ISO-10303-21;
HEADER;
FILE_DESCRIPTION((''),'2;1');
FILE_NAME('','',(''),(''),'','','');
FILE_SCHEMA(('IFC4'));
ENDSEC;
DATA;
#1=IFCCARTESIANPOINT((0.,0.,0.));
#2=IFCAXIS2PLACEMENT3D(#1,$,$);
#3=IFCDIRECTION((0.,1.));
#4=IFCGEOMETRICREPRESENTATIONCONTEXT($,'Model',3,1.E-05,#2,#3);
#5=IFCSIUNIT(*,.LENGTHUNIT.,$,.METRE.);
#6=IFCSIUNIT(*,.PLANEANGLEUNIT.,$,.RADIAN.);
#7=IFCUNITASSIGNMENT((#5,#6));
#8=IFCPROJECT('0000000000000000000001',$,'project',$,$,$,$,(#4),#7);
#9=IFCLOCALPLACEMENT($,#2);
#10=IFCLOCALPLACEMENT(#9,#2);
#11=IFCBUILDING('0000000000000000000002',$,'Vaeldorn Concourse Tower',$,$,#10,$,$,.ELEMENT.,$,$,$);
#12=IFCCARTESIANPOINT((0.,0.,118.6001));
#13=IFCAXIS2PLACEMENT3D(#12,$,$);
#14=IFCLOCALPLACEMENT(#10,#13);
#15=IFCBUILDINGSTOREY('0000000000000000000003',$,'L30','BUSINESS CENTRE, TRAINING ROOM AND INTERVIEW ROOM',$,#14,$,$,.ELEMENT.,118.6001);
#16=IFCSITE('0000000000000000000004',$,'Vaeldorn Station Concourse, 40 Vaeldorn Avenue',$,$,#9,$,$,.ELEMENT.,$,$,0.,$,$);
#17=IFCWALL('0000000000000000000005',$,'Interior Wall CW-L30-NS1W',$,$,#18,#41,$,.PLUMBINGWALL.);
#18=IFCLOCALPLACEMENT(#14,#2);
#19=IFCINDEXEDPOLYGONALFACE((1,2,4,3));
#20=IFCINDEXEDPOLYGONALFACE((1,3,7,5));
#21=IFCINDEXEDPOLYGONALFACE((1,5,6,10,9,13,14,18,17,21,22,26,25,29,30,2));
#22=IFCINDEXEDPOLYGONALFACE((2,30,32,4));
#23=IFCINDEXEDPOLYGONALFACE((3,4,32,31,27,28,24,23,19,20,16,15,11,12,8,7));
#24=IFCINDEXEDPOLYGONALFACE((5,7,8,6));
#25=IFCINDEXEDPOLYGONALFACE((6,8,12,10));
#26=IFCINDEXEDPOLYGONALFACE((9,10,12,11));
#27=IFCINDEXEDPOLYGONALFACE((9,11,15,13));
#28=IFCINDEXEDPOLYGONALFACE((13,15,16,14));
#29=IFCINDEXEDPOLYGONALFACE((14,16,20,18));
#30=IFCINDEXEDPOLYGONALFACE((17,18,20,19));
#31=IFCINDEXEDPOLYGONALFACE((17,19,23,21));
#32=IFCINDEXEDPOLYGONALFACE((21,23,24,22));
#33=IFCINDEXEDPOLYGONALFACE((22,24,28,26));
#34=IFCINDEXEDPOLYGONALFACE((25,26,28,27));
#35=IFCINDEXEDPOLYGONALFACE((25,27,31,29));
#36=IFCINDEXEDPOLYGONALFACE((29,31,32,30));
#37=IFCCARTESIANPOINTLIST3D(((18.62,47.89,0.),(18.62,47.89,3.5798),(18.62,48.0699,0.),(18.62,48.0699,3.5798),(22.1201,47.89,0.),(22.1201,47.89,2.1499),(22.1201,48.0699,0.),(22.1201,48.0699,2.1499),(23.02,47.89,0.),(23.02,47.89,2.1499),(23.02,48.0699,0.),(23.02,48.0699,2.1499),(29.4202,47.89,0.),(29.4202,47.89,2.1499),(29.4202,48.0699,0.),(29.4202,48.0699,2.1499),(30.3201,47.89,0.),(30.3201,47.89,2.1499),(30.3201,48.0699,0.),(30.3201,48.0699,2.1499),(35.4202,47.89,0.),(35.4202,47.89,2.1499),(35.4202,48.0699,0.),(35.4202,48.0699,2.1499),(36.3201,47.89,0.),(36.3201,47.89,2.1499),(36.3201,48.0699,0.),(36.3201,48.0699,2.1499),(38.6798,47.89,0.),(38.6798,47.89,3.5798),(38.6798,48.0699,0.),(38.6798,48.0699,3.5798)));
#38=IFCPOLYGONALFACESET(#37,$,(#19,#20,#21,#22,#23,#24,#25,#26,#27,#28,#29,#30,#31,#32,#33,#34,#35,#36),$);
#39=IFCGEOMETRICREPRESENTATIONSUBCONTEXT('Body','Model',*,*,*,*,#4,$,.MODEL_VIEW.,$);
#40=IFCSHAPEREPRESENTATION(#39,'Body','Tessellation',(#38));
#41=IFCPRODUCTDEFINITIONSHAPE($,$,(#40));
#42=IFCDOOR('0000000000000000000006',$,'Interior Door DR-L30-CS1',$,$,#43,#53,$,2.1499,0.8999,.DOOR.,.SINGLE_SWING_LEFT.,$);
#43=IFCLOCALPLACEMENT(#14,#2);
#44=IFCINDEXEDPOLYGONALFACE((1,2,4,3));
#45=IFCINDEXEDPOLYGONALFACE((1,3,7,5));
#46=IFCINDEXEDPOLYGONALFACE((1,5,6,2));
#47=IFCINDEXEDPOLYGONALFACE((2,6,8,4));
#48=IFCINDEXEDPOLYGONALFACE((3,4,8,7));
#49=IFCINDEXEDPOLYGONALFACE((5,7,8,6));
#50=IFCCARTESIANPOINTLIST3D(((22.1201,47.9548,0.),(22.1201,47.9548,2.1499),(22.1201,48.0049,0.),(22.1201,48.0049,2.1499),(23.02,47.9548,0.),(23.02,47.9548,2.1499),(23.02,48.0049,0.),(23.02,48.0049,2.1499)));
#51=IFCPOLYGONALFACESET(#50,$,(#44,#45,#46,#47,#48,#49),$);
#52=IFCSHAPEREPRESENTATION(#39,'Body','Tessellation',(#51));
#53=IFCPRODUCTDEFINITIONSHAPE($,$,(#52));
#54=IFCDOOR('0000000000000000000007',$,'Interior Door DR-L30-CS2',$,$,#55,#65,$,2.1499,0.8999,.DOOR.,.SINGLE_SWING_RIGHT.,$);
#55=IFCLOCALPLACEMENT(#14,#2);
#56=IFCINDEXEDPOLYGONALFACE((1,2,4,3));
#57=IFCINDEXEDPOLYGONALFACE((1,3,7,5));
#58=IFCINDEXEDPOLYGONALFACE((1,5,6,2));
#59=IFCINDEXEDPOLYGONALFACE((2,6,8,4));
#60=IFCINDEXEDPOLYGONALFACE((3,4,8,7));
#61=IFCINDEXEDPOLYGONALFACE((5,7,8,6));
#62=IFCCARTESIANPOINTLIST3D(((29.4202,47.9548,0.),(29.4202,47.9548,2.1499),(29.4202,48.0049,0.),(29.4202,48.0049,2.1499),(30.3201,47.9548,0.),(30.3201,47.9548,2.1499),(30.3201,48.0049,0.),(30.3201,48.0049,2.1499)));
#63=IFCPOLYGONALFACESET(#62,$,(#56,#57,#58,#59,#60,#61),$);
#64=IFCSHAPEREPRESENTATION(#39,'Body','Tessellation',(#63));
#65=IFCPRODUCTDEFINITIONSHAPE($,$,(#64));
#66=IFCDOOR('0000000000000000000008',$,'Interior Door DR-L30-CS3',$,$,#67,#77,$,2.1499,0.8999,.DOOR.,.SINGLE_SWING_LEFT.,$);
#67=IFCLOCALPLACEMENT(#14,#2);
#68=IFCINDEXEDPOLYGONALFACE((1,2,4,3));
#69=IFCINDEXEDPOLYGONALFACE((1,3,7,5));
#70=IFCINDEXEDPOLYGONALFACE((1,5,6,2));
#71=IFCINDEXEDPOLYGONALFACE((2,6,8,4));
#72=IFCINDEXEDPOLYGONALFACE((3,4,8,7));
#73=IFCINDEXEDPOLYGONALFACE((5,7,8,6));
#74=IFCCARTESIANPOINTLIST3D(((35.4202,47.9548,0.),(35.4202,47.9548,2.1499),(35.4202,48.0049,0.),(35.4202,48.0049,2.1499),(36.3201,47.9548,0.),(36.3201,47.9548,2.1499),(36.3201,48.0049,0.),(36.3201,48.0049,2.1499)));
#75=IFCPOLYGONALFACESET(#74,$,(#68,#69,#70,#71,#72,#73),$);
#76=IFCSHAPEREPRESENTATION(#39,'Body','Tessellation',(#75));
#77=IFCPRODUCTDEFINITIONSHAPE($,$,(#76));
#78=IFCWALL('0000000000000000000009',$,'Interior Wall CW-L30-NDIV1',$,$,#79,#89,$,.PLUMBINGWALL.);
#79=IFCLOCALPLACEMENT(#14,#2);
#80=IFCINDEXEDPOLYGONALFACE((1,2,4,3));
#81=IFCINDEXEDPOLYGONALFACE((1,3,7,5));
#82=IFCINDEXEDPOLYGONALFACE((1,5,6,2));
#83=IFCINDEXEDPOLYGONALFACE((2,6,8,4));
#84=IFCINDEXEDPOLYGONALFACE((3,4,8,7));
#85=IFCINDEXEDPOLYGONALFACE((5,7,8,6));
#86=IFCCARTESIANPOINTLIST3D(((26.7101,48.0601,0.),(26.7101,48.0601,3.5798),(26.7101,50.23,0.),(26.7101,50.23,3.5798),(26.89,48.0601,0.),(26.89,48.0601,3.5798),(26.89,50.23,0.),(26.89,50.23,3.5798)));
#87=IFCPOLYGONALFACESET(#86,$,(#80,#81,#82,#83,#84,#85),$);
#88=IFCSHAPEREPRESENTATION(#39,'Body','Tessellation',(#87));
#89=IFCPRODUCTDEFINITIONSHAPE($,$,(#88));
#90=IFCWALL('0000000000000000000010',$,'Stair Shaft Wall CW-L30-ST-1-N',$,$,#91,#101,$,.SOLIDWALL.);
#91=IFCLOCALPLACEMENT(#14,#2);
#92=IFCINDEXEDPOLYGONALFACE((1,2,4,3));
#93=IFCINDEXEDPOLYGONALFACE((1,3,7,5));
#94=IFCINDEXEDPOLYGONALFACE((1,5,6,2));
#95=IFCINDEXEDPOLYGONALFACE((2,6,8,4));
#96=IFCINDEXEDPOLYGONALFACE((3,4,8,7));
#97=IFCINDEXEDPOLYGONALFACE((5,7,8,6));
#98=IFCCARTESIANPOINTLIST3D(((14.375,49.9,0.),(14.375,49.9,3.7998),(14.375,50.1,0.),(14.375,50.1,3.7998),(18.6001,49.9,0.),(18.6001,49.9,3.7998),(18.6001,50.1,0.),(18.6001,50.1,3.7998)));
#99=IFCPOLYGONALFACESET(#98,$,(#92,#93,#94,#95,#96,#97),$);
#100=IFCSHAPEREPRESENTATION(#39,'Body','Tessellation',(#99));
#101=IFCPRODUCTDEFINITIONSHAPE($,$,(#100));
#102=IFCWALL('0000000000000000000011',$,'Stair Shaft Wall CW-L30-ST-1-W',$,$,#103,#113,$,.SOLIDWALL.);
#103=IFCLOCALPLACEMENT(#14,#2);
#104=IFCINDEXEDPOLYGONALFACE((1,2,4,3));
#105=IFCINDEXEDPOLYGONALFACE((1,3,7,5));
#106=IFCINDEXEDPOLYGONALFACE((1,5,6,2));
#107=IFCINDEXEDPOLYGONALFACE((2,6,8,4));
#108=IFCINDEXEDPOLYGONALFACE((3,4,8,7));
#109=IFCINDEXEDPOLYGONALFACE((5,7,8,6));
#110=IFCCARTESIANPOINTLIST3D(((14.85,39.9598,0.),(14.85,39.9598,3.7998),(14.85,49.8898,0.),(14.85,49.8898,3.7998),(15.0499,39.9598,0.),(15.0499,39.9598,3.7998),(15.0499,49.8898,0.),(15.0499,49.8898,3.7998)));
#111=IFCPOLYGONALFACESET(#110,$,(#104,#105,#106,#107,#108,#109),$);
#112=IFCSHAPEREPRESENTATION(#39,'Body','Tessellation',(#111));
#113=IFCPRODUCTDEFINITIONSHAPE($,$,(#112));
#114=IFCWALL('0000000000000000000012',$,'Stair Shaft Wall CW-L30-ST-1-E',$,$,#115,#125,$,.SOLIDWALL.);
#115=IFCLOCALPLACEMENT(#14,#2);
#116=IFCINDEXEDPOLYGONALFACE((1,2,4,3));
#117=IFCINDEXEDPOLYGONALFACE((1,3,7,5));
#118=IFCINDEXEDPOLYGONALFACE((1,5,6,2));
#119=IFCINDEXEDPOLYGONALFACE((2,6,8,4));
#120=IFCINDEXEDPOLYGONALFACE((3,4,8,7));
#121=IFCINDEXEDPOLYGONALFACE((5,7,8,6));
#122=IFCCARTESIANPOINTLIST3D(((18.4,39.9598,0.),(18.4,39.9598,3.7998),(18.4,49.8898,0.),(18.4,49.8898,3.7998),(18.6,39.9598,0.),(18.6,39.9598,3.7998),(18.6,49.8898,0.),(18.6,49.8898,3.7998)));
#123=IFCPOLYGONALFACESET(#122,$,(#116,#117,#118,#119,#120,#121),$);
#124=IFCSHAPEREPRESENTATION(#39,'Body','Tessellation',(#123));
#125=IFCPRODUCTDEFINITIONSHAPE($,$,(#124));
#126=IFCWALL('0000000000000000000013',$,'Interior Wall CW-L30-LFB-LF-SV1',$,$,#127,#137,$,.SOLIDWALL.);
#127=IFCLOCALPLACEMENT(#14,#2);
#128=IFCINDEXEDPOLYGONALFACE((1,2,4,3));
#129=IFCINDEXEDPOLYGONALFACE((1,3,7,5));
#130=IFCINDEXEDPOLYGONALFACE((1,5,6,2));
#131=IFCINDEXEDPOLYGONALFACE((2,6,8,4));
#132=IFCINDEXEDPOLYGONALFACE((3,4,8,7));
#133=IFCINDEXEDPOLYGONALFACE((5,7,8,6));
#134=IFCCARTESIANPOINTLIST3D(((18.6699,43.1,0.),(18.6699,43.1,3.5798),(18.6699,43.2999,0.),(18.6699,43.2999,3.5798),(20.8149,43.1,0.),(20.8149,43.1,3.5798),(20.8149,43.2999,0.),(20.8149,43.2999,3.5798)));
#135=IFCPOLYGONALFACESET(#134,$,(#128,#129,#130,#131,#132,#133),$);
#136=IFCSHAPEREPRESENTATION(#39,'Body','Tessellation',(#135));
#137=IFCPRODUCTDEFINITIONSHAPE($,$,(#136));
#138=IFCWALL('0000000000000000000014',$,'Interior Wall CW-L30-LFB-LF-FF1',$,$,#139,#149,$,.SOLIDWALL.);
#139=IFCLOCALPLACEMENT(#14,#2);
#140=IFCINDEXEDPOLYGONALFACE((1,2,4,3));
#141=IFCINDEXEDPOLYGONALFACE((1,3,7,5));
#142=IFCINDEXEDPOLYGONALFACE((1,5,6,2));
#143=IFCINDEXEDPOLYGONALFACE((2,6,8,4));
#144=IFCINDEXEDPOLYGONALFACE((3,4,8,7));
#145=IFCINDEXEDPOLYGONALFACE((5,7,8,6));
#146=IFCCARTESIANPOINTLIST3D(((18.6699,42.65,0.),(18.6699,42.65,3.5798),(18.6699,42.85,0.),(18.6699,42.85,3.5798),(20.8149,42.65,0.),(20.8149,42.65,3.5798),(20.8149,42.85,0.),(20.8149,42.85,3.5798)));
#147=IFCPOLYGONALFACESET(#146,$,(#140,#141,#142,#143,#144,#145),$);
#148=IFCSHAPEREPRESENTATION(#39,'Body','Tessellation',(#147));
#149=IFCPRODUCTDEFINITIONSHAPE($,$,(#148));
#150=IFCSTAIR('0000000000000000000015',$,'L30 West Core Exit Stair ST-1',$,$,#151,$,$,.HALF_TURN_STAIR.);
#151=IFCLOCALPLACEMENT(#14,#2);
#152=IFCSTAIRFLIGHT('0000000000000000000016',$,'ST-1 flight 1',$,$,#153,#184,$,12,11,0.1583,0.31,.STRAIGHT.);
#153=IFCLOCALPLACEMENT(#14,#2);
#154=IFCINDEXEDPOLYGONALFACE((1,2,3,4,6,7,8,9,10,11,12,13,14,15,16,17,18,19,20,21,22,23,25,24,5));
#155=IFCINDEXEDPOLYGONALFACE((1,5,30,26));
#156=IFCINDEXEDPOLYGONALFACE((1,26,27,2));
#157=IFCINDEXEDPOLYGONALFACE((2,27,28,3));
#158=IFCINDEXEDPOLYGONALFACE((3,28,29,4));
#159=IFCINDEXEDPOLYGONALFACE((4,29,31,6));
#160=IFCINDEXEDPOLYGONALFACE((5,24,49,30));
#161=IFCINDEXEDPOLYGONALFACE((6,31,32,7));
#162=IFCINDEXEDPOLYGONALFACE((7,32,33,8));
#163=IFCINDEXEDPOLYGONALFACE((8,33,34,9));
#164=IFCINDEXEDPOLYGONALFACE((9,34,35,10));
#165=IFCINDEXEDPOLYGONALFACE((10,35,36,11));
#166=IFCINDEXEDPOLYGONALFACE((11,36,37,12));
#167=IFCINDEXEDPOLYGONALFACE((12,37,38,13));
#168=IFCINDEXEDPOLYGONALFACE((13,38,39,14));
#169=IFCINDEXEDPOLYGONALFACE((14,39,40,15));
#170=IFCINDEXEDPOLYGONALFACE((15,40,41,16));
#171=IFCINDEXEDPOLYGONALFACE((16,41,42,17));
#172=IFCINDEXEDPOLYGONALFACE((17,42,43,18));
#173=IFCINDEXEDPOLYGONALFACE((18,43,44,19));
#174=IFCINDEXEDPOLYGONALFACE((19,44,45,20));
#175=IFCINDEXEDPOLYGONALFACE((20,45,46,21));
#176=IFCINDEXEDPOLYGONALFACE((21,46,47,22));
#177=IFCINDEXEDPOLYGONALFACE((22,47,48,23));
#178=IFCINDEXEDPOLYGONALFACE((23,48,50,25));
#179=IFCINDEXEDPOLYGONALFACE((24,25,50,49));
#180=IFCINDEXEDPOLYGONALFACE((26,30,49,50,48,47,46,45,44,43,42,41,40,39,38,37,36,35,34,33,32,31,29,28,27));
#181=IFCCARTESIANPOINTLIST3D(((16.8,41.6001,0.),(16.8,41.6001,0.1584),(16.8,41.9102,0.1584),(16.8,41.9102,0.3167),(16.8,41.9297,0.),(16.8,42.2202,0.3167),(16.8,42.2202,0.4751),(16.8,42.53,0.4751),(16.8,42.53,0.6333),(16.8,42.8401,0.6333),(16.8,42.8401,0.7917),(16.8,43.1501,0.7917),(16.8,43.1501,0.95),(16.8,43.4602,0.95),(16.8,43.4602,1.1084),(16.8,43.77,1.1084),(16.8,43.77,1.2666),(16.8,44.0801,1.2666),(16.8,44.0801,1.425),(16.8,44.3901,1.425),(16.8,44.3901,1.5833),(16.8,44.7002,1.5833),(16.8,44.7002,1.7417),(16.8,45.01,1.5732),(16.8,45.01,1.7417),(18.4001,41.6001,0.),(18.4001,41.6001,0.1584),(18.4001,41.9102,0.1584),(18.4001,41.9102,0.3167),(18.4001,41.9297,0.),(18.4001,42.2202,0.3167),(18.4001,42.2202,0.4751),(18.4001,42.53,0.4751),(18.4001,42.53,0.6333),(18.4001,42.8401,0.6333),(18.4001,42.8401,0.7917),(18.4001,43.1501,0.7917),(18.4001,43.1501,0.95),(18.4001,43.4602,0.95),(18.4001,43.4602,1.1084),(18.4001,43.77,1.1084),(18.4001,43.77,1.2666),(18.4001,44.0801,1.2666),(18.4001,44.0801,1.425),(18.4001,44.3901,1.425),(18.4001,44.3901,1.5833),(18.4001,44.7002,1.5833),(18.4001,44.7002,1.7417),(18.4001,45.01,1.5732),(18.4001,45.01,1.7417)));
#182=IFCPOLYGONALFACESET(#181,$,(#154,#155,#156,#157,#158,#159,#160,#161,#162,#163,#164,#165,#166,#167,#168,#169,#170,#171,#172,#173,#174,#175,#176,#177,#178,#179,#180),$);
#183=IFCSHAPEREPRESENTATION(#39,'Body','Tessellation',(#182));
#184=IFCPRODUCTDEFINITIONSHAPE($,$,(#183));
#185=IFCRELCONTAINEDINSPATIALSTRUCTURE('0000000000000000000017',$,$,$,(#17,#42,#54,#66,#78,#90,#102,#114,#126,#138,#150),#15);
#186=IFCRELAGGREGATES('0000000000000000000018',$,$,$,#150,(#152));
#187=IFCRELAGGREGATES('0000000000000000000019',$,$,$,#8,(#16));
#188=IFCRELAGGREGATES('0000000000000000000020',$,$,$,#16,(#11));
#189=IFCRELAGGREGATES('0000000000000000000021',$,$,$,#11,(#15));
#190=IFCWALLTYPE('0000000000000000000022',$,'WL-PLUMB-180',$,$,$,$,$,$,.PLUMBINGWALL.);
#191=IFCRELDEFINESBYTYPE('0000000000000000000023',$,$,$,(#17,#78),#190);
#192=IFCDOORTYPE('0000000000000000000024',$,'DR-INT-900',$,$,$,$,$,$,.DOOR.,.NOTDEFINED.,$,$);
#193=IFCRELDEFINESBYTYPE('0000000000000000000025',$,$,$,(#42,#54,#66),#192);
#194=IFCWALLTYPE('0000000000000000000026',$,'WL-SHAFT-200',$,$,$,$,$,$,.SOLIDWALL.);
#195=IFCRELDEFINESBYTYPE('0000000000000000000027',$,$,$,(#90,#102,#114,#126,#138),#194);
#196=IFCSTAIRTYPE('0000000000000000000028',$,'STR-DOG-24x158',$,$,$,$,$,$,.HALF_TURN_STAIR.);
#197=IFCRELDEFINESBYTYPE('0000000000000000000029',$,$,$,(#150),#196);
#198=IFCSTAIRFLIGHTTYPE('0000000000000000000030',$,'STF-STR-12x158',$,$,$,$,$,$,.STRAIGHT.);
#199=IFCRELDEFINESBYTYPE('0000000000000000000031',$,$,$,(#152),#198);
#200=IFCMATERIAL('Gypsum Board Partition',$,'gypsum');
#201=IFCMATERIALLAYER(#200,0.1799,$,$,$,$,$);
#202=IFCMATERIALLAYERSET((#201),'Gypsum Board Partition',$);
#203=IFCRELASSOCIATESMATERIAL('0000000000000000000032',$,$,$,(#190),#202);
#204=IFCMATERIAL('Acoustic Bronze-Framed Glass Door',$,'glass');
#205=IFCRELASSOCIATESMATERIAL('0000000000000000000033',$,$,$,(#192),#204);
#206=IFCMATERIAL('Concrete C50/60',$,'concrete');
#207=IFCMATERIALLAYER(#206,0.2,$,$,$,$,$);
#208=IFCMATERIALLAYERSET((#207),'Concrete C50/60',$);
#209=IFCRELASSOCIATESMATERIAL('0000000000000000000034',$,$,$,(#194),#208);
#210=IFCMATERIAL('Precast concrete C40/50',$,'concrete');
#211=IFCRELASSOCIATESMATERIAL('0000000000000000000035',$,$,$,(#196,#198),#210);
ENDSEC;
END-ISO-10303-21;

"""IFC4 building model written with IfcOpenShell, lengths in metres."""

from ifc_helpers import new_model, si_unit, direction, frame, frame_2d, origin, place, context, subcontext, project, spatial, polyline, rectangle, outline, extrude, source, transform, mapped, material, layer, layer_set, type_object, element, fill, aggregate, save


model = new_model("IFC4")

# Units and contexts
model_context = context("Model", 3, precision=1e-05, world=origin(), true_north=direction((0.0, 1.0)))
body_context = subcontext(model_context, "Body", "Model", "MODEL_VIEW")
ifc_project = project(units=[si_unit("LENGTHUNIT", "METRE"), si_unit("PLANEANGLEUNIT", "RADIAN")], contexts=[model_context])

# Site, building, storey
site_placement = place(None, origin())
site = spatial("IfcSite", under=ifc_project, at=site_placement, Name="Vaeldorn Station Concourse, 40 Vaeldorn Avenue", CompositionType="ELEMENT", RefElevation=0.0)
building_placement = place(site_placement, origin())
building = spatial("IfcBuilding", under=site, at=building_placement, Name="Vaeldorn Concourse Tower", CompositionType="ELEMENT")
storey_placement = place(building_placement, frame((0.0, 0.0, 118.6001)))
storey = spatial("IfcBuildingStorey", under=building, at=storey_placement, Name="L30", Description="BUSINESS CENTRE, TRAINING ROOM AND INTERVIEW ROOM", CompositionType="ELEMENT", Elevation=118.6001)

# Shared definitions
ifc_material_1 = material(Name="Gypsum Board Partition", Category="gypsum")

# Wall, openings, doors
ifc_layer_1 = layer(ifc_material_1, 0.1799)
ifc_layer_set_1 = layer_set([ifc_layer_1], Name="Gypsum Board Partition")
wall_type_1 = type_object("IfcWallType", Name="WL-PLUMB-180", PredefinedType="PLUMBINGWALL", material=ifc_layer_set_1)
wall_1_placement = place(storey_placement, frame((18.6201, 47.98, 0.0), z_axis=(0.0, 0.0, 1.0), x_axis=(1.0, 0.0, 0.0)))
wall_1 = element("IfcWall", 1, at=wall_1_placement, inside=storey, type_object=wall_type_1, Name="Interior Wall CW-L30-NS1W", PredefinedType="PLUMBINGWALL", context=body_context, shape_type="SweptSolid", body=[
    extrude(rectangle(XDim=20.0598, YDim=0.1799, at=frame_2d((10.0298, 0.0))), origin(), (0.0, 0.0, 1.0), 3.5798),
])
opening_1_placement = place(wall_1_placement, frame((3.5, 0.0, 0.0)))
opening_1 = element("IfcOpeningElement", 2, at=opening_1_placement, cuts=wall_1, PredefinedType="OPENING", context=body_context, shape_type="SweptSolid", body=[
    extrude(rectangle(XDim=0.8999, YDim=2.1499, at=frame_2d((0.45, 1.075))), frame((0.0, 0.1001, 0.0), z_axis=(0.0, -1.0, 0.0), x_axis=(1.0, 0.0, 0.0)), (0.0, 0.0, 1.0), 0.2),
])
opening_2_placement = place(wall_1_placement, frame((10.8, 0.0, 0.0)))
opening_2 = element("IfcOpeningElement", 3, at=opening_2_placement, cuts=wall_1, PredefinedType="OPENING", context=body_context, shape_type="SweptSolid", body=[
    extrude(rectangle(XDim=0.8999, YDim=2.1499, at=frame_2d((0.45, 1.075))), frame((0.0, 0.1001, 0.0), z_axis=(0.0, -1.0, 0.0), x_axis=(1.0, 0.0, 0.0)), (0.0, 0.0, 1.0), 0.2),
])
opening_3_placement = place(wall_1_placement, frame((16.8, 0.0, 0.0)))
opening_3 = element("IfcOpeningElement", 4, at=opening_3_placement, cuts=wall_1, PredefinedType="OPENING", context=body_context, shape_type="SweptSolid", body=[
    extrude(rectangle(XDim=0.8999, YDim=2.1499, at=frame_2d((0.45, 1.075))), frame((0.0, 0.1001, 0.0), z_axis=(0.0, -1.0, 0.0), x_axis=(1.0, 0.0, 0.0)), (0.0, 0.0, 1.0), 0.2),
])
ifc_material_2 = material(Name="Acoustic Bronze-Framed Glass Door", Category="glass")
door_type_1 = type_object("IfcDoorType", Name="DR-INT-900", OperationType="NOTDEFINED", PredefinedType="DOOR", material=ifc_material_2)
shared_shape_1 = source(origin(), body_context, "Body", "SweptSolid", [
    extrude(rectangle(XDim=0.8999, YDim=2.1499, at=frame_2d((0.45, 1.075))), frame((0.0, 0.0249, 0.0), z_axis=(0.0, -1.0, 0.0), x_axis=(1.0, 0.0, 0.0)), (0.0, 0.0, 1.0), 0.05),
])
door_1_placement = place(opening_1_placement, origin())
door_1 = element("IfcDoor", 5, at=door_1_placement, inside=storey, type_object=door_type_1, Name="Interior Door DR-L30-CS1", OperationType="SINGLE_SWING_LEFT", OverallHeight=2.1499, OverallWidth=0.8999, PredefinedType="DOOR", context=body_context, shape_type="MappedRepresentation", body=[
    mapped(shared_shape_1, transform((0.0, 0.0, 0.0), scale=1.0)),
])
fill(opening_1, door_1)
door_2_placement = place(opening_2_placement, origin())
door_2 = element("IfcDoor", 6, at=door_2_placement, inside=storey, type_object=door_type_1, Name="Interior Door DR-L30-CS2", OperationType="SINGLE_SWING_RIGHT", OverallHeight=2.1499, OverallWidth=0.8999, PredefinedType="DOOR", context=body_context, shape_type="MappedRepresentation", body=[
    mapped(shared_shape_1, transform((0.0, 0.0, 0.0), scale=1.0)),
])
fill(opening_2, door_2)
door_3_placement = place(opening_3_placement, origin())
door_3 = element("IfcDoor", 7, at=door_3_placement, inside=storey, type_object=door_type_1, Name="Interior Door DR-L30-CS3", OperationType="SINGLE_SWING_LEFT", OverallHeight=2.1499, OverallWidth=0.8999, PredefinedType="DOOR", context=body_context, shape_type="MappedRepresentation", body=[
    mapped(shared_shape_1, transform((0.0, 0.0, 0.0), scale=1.0)),
])
fill(opening_3, door_3)

# Walls
wall_2_placement = place(storey_placement, frame((26.8, 48.0601, 0.0), z_axis=(0.0, 0.0, 1.0), x_axis=(0.0, 1.0, 0.0)))
element("IfcWall", 8, at=wall_2_placement, inside=storey, type_object=wall_type_1, Name="Interior Wall CW-L30-NDIV1", PredefinedType="PLUMBINGWALL", context=body_context, shape_type="SweptSolid", body=[
    extrude(rectangle(XDim=2.1699, YDim=0.1799, at=frame_2d((1.085, 0.0))), origin(), (0.0, 0.0, 1.0), 3.5798),
])
ifc_material_3 = material(Name="Concrete C50/60", Category="concrete")
ifc_layer_2 = layer(ifc_material_3, 0.2)
ifc_layer_set_2 = layer_set([ifc_layer_2], Name="Concrete C50/60")
wall_type_2 = type_object("IfcWallType", Name="WL-SHAFT-200", PredefinedType="SOLIDWALL", material=ifc_layer_set_2)
wall_3_placement = place(storey_placement, frame((14.375, 50.0, 0.0), z_axis=(0.0, 0.0, 1.0), x_axis=(1.0, 0.0, 0.0)))
element("IfcWall", 9, at=wall_3_placement, inside=storey, type_object=wall_type_2, Name="Stair Shaft Wall CW-L30-ST-1-N", PredefinedType="SOLIDWALL", context=body_context, shape_type="SweptSolid", body=[
    extrude(rectangle(XDim=4.2251, YDim=0.2, at=frame_2d((2.1125, 0.0))), origin(), (0.0, 0.0, 1.0), 3.7998),
])
for number, where, z_axis, x_axis, name in (
    (10, (14.95, 39.96, 0.0), (0.0, 0.0, 1.0), (0.0, 1.0, 0.0), "Stair Shaft Wall CW-L30-ST-1-W"),
    (11, (18.5, 39.96, 0.0), (0.0, 0.0, 1.0), (0.0, 1.0, 0.0), "Stair Shaft Wall CW-L30-ST-1-E"),
):
    element("IfcWall", number, at=place(storey_placement, frame(where, z_axis=z_axis, x_axis=x_axis)), inside=storey, type_object=wall_type_2, Name=name, PredefinedType="SOLIDWALL", context=body_context, shape_type="SweptSolid", body=[
        extrude(rectangle(XDim=9.9299, YDim=0.2, at=frame_2d((4.9648, 0.0))), origin(), (0.0, 0.0, 1.0), 3.7998),
    ])

# Walls
for number, where, z_axis, x_axis, name in (
    (12, (18.6699, 43.2, 0.0), (0.0, 0.0, 1.0), (1.0, 0.0, 0.0), "Interior Wall CW-L30-LFB-LF-SV1"),
    (13, (18.6699, 42.75, 0.0), (0.0, 0.0, 1.0), (1.0, 0.0, 0.0), "Interior Wall CW-L30-LFB-LF-FF1"),
):
    element("IfcWall", number, at=place(storey_placement, frame(where, z_axis=z_axis, x_axis=x_axis)), inside=storey, type_object=wall_type_2, Name=name, PredefinedType="SOLIDWALL", context=body_context, shape_type="SweptSolid", body=[
        extrude(rectangle(XDim=2.145, YDim=0.2, at=frame_2d((1.0725, 0.0))), origin(), (0.0, 0.0, 1.0), 3.5798),
    ])

# Stair, stair flight
ifc_material_4 = material(Name="Precast concrete C40/50", Category="concrete")
stair_type = type_object("IfcStairType", Name="STR-DOG-24x158", PredefinedType="HALF_TURN_STAIR", material=ifc_material_4)
stair_placement = place(storey_placement, origin())
stair = element("IfcStair", 14, at=stair_placement, inside=storey, type_object=stair_type, Name="L30 West Core Exit Stair ST-1", PredefinedType="HALF_TURN_STAIR")
stair_flight_type = type_object("IfcStairFlightType", Name="STF-STR-12x158", PredefinedType="STRAIGHT", material=ifc_material_4)
stair_flight_1_placement = place(storey_placement, frame((17.6001, 41.6001, 0.0), z_axis=(0.0, 0.0, 1.0), x_axis=(0.0, 1.0, 0.0)))
stair_flight_1 = element("IfcStairFlight", 15, at=stair_flight_1_placement, type_object=stair_flight_type, Name="ST-1 flight 1", NumberOfRisers=12, NumberOfTreads=11, PredefinedType="STRAIGHT", RiserHeight=0.1583, TreadLength=0.31, context=body_context, shape_type="SweptSolid", body=[
    extrude(outline(polyline([(0.0, 0.0), (0.0, 0.1584), (0.3101, 0.1584), (0.3101, 0.3167), (0.6201, 0.3167), (0.6201, 0.4751), (0.9299, 0.4751), (0.9299, 0.6333), (1.24, 0.6333), (1.24, 0.7917), (1.55, 0.7917), (1.55, 0.95), (1.8601, 0.95), (1.8601, 1.1084), (2.1699, 1.1084), (2.1699, 1.2666), (2.48, 1.2666), (2.48, 1.425), (2.79, 1.425), (2.79, 1.5833), (3.1001, 1.5833), (3.1001, 1.7417), (3.4099, 1.7417), (3.4099, 1.8999), (3.4099, 1.5732), (0.3296, 0.0), (0.0, 0.0)])), frame((0.0, 0.8, 0.0), z_axis=(0.0, -1.0, 0.0), x_axis=(1.0, 0.0, 0.0)), (0.0, 0.0, 1.0), 1.6001),
])
aggregate(stair, [stair_flight_1])

save(model, "model.ifc")
